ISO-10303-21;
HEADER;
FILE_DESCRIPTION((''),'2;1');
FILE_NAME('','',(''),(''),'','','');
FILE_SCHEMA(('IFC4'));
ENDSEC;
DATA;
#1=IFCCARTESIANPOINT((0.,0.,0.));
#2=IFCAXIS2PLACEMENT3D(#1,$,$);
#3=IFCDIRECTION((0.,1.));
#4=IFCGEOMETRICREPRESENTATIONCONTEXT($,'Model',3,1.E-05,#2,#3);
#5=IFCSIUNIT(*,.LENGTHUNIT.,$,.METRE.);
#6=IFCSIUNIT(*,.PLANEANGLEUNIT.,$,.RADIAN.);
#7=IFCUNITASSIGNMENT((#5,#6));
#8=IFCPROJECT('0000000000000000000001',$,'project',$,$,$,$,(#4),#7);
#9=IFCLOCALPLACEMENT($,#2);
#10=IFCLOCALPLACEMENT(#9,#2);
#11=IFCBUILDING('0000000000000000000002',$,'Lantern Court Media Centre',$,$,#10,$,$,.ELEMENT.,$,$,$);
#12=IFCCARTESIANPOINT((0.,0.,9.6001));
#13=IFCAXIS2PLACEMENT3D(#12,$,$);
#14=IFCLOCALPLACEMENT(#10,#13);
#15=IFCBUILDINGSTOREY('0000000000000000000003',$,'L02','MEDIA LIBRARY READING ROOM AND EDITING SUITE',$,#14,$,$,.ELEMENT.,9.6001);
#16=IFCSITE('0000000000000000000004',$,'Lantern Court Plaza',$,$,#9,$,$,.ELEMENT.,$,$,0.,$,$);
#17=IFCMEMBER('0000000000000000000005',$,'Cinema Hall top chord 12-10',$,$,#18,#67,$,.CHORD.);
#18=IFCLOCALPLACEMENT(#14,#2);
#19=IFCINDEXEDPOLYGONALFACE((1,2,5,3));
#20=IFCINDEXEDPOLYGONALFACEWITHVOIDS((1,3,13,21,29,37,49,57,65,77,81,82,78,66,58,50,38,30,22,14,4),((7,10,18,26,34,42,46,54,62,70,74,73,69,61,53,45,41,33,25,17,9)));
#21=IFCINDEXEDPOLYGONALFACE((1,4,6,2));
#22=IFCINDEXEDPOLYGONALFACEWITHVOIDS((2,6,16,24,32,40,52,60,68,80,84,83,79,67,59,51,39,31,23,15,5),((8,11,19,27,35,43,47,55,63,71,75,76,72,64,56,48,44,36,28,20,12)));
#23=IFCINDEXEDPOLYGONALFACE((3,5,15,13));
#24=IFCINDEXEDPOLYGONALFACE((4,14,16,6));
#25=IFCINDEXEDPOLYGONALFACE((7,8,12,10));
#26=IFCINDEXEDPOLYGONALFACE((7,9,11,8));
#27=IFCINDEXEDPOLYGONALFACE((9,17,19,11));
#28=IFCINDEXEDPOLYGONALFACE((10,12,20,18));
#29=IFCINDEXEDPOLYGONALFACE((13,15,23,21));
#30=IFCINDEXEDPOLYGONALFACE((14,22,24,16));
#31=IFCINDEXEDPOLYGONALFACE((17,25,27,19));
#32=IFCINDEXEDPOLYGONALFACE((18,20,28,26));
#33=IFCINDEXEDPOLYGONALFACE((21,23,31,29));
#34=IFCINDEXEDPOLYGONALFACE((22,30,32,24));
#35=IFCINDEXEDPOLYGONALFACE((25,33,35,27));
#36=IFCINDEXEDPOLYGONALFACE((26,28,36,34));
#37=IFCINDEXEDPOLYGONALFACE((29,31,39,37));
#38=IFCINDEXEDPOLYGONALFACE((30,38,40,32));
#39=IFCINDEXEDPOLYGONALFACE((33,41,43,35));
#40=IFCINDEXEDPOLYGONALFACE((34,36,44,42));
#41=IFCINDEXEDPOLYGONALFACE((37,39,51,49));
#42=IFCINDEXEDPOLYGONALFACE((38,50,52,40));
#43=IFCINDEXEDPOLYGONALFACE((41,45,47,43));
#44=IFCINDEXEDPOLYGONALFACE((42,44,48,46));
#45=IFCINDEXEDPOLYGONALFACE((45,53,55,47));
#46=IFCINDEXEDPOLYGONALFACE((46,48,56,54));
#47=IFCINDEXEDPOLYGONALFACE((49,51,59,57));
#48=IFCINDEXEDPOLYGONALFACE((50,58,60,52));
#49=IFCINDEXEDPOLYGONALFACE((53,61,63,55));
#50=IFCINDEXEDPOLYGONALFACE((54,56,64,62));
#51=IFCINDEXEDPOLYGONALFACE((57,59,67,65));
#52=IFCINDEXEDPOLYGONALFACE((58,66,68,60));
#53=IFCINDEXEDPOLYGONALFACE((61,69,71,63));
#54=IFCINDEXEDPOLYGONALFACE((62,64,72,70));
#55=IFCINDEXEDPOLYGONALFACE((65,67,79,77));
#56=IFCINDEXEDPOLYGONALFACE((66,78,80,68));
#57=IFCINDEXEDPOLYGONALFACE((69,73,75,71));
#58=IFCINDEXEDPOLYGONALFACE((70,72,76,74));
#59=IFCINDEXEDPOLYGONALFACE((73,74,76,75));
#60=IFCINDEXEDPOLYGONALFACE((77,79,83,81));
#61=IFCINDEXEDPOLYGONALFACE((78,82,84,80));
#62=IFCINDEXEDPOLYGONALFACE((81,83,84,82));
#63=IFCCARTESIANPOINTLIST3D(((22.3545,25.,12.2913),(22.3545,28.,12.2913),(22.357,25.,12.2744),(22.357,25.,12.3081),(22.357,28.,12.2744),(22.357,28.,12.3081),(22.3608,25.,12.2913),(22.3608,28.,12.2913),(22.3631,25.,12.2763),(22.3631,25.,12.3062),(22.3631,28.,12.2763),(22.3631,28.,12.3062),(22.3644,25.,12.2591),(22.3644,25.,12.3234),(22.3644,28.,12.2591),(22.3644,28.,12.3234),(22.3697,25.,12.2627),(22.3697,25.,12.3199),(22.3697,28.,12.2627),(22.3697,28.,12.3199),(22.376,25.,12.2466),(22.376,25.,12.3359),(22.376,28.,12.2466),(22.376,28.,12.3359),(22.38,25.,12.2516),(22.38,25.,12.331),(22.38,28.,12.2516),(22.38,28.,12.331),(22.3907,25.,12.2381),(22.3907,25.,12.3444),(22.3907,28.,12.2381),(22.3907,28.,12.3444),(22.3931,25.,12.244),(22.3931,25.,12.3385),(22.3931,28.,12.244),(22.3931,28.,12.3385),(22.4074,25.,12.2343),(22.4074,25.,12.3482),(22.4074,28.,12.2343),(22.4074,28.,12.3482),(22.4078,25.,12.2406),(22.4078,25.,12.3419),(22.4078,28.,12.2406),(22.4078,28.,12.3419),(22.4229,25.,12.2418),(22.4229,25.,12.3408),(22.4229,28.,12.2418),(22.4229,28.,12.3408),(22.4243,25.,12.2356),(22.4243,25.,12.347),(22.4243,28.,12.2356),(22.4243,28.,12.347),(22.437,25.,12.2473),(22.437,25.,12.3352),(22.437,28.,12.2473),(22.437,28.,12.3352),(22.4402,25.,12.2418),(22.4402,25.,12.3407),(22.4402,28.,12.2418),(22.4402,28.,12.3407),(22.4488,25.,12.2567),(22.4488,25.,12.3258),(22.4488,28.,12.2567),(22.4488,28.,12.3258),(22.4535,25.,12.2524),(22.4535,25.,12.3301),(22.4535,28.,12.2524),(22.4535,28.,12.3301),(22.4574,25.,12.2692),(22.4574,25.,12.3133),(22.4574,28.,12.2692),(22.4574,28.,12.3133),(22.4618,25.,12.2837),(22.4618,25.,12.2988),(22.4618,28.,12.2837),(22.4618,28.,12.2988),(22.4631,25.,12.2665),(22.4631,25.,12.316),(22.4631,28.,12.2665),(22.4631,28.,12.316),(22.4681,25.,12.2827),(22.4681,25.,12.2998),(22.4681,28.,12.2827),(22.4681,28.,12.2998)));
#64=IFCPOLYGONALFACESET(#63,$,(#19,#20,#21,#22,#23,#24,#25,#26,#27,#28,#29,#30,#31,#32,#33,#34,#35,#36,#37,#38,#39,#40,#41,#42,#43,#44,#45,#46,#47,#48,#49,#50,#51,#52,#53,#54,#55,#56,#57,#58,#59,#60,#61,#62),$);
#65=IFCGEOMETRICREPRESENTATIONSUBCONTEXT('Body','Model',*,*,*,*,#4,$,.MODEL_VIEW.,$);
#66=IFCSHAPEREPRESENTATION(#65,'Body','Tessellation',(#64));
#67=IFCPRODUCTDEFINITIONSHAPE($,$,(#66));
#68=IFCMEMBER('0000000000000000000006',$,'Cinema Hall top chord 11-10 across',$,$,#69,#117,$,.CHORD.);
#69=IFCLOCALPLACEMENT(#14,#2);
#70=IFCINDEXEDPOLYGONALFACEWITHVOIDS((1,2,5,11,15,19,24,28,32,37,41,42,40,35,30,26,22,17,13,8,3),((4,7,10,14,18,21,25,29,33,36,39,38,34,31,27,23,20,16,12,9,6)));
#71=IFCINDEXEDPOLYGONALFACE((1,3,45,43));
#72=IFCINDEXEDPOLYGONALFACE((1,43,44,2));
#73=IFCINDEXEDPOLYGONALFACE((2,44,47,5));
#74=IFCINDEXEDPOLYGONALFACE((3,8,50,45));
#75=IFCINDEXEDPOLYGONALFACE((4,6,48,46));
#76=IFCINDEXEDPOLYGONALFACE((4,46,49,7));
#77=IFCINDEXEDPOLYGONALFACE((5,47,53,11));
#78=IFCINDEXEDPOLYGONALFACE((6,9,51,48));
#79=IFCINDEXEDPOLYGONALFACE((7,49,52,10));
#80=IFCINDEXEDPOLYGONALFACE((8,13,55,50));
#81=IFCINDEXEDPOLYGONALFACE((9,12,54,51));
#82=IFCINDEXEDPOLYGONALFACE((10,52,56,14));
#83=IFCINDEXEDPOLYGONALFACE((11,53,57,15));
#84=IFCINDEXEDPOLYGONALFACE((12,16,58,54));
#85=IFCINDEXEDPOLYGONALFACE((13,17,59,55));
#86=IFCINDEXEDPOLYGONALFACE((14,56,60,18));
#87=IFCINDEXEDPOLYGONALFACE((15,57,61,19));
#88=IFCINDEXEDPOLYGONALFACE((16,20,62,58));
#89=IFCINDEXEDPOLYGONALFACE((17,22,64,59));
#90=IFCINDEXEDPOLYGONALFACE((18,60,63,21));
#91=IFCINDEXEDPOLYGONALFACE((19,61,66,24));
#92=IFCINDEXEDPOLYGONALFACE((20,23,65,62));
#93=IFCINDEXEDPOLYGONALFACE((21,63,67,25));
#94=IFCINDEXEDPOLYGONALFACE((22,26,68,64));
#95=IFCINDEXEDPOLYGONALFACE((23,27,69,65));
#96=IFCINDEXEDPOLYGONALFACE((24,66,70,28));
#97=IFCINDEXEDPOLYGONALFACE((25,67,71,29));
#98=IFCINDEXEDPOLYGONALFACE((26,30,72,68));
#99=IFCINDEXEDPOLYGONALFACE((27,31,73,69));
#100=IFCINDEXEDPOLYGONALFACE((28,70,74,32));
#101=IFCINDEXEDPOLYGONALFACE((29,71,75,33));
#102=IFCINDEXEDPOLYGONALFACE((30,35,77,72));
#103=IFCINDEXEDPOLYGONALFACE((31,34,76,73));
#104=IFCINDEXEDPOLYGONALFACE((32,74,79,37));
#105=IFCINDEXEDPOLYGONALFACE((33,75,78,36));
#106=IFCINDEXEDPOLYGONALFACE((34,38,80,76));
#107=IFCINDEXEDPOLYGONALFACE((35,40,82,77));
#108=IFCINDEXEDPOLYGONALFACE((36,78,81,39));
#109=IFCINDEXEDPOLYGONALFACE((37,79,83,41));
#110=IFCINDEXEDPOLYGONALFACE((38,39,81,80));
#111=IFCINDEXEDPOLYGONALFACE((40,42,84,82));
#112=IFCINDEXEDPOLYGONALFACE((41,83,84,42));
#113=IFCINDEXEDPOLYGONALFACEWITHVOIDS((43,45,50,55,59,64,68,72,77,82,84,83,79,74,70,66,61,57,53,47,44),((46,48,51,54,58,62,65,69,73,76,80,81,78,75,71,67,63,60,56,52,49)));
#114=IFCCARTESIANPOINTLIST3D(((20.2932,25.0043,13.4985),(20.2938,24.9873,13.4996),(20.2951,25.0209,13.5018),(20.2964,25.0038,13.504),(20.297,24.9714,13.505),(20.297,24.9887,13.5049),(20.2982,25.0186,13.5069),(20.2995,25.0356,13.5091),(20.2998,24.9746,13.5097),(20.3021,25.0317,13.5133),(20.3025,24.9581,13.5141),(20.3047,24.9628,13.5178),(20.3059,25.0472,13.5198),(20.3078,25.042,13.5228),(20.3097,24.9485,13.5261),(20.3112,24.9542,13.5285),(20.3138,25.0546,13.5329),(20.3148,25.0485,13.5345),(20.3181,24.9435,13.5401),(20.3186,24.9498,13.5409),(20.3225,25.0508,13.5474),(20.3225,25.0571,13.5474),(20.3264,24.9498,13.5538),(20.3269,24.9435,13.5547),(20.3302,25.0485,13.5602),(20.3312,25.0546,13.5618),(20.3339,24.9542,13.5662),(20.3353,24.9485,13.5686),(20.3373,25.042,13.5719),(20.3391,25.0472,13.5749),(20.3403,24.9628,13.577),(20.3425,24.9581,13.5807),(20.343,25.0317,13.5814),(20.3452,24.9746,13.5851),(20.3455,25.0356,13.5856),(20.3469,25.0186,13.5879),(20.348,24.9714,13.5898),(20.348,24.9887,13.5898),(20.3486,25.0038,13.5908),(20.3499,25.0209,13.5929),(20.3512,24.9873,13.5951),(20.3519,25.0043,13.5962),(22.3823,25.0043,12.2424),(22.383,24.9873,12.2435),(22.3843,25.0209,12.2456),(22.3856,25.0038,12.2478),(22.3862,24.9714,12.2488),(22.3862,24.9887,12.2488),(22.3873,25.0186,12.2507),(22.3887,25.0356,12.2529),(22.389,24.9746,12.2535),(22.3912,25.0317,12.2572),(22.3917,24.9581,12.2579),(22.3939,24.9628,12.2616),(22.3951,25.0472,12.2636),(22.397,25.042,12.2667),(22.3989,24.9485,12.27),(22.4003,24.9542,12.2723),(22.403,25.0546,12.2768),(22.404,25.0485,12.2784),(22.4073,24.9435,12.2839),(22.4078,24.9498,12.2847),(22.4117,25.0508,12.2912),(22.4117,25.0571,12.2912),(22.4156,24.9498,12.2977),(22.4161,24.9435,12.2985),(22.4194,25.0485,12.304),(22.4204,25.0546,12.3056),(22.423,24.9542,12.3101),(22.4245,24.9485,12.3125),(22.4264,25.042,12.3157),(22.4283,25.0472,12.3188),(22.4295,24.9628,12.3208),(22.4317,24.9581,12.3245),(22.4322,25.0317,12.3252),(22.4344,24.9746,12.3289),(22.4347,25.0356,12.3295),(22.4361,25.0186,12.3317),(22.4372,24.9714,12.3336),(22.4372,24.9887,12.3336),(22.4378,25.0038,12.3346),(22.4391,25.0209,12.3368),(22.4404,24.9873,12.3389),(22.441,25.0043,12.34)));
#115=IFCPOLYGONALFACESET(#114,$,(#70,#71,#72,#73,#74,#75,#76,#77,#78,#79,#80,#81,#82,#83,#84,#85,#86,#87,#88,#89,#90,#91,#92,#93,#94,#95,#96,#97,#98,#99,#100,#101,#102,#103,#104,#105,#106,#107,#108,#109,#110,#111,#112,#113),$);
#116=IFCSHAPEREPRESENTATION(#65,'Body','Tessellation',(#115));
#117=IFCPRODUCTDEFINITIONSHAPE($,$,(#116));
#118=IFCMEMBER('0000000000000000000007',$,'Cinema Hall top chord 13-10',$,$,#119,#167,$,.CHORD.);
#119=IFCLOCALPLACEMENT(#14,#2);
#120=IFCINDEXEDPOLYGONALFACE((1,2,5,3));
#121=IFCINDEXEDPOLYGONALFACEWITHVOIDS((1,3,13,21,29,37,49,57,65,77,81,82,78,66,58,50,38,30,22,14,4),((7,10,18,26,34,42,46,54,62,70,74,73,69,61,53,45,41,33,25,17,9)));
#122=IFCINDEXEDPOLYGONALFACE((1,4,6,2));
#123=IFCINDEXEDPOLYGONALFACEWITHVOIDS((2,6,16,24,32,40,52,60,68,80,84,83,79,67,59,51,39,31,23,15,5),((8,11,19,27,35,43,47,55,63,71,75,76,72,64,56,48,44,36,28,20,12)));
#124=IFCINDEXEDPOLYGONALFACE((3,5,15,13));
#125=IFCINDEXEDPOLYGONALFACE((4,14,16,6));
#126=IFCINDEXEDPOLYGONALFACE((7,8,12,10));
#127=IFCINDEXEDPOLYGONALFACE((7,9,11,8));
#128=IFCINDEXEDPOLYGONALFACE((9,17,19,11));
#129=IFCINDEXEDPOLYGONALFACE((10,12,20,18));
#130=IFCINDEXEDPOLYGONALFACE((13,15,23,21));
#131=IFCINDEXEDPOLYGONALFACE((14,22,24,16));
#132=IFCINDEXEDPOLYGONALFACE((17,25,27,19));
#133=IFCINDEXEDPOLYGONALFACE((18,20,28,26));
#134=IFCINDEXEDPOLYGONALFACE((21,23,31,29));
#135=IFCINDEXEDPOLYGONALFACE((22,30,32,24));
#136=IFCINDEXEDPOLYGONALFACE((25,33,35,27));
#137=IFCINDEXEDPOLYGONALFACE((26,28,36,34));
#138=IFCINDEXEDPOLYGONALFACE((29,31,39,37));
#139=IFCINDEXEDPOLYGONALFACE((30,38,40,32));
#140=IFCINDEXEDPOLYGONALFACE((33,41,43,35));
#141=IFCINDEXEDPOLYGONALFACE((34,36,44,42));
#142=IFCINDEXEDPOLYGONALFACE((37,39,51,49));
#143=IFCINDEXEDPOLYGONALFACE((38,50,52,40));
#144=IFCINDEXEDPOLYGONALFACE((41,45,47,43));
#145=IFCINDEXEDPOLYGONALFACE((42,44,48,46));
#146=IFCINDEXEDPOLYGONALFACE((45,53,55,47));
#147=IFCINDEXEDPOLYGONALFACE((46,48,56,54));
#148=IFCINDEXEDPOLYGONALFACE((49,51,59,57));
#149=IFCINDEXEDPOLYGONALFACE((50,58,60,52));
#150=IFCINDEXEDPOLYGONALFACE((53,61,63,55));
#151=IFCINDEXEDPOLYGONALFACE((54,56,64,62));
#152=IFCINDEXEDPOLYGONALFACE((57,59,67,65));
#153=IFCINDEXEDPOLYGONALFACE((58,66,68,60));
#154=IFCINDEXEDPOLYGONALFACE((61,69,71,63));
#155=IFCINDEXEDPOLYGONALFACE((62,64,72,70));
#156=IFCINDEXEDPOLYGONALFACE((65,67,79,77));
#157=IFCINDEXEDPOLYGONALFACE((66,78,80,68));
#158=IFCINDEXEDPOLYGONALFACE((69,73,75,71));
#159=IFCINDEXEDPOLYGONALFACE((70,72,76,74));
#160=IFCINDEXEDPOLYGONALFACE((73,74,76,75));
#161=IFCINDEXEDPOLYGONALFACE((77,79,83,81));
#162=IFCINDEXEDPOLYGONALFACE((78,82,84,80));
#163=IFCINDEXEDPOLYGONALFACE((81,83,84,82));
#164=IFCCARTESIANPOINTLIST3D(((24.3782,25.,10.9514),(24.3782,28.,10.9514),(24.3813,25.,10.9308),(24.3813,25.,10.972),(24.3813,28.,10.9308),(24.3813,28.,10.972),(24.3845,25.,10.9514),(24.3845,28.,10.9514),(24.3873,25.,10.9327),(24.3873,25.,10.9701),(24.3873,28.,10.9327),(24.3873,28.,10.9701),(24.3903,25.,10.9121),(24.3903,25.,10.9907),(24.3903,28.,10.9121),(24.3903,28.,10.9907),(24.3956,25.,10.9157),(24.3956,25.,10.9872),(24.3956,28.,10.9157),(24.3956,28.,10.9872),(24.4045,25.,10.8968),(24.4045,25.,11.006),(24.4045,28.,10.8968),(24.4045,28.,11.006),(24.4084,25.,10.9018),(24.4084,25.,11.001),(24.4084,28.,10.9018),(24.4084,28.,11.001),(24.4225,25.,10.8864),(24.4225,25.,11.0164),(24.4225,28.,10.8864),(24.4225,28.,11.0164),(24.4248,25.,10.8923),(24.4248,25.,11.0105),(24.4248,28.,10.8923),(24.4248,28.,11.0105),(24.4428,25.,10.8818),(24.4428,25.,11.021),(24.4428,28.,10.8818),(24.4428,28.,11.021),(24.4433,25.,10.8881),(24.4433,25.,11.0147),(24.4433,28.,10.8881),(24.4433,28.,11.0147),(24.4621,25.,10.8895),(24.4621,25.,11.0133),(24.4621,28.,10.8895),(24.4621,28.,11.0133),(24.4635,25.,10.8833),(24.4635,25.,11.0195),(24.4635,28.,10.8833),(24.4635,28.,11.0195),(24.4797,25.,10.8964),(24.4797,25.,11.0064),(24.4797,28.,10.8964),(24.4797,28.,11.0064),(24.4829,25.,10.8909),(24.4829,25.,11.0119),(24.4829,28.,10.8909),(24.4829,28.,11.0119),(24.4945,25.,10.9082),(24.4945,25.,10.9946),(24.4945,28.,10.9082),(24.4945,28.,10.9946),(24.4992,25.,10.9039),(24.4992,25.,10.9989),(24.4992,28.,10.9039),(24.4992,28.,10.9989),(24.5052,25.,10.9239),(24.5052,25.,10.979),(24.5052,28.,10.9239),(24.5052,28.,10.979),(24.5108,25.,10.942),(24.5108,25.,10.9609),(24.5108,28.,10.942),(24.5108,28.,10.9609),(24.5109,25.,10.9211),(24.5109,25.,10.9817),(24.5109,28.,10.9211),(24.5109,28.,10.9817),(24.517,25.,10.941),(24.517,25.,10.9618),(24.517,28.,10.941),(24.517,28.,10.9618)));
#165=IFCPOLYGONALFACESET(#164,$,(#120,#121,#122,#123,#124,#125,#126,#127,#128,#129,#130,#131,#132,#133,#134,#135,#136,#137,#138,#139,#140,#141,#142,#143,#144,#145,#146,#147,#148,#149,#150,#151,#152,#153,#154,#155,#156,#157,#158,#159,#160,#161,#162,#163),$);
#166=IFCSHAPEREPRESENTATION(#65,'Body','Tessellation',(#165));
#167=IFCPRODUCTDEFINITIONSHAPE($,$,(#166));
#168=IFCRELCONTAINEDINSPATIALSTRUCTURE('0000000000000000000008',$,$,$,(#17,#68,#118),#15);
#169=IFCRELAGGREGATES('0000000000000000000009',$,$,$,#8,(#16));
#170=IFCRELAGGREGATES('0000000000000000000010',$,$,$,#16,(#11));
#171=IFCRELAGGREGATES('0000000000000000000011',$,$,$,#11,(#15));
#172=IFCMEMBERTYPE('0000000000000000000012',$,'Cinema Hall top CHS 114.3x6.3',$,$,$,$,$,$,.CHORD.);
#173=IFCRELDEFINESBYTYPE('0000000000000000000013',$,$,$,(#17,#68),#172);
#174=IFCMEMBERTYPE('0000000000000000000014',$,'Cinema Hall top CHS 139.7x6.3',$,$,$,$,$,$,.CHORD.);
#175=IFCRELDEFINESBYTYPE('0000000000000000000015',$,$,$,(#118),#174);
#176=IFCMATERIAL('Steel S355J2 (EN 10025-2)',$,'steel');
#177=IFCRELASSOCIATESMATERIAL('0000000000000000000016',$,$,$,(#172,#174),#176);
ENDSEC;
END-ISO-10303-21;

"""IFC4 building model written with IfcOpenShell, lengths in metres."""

from ifc_helpers import new_model, si_unit, direction, frame, origin, origin_2d, place, context, subcontext, project, spatial, hollow_circle, extrude, material, material_profile, profile_set, type_object, element, save


model = new_model("IFC4")

# Units and contexts
model_context = context("Model", 3, precision=1e-05, world=origin(), true_north=direction((0.0, 1.0)))
body_context = subcontext(model_context, "Body", "Model", "MODEL_VIEW")
ifc_project = project(units=[si_unit("LENGTHUNIT", "METRE"), si_unit("PLANEANGLEUNIT", "RADIAN")], contexts=[model_context])

# Site, building, storey
site_placement = place(None, origin())
site = spatial("IfcSite", under=ifc_project, at=site_placement, Name="Lantern Court Plaza", CompositionType="ELEMENT", RefElevation=0.0)
building_placement = place(site_placement, origin())
building = spatial("IfcBuilding", under=site, at=building_placement, Name="Lantern Court Media Centre", CompositionType="ELEMENT")
storey_placement = place(building_placement, frame((0.0, 0.0, 9.6001)))
storey = spatial("IfcBuildingStorey", under=building, at=storey_placement, Name="L02", Description="MEDIA LIBRARY READING ROOM AND EDITING SUITE", CompositionType="ELEMENT", Elevation=9.6001)

# Members
ifc_material = material(Name="Steel S355J2 (EN 10025-2)", Category="steel")
ifc_material_profile_1 = material_profile(ifc_material, hollow_circle(Radius=0.0571, WallThickness=0.0063, at=origin_2d()), Name="Cinema Hall top CHS 114.3x6.3")
ifc_profile_set_1 = profile_set([ifc_material_profile_1], Name="Steel S355J2 (EN 10025-2)")
member_type_1 = type_object("IfcMemberType", Name="Cinema Hall top CHS 114.3x6.3", PredefinedType="CHORD", material=ifc_profile_set_1)
for number, where, z_axis, x_axis, name in (
    (1, (22.4116, 25.0, 12.2913), (0.0, 1.0, 0.0), (-1.0, 0.0, 0.0), "Cinema Hall top chord 12-10"),
):
    element("IfcMember", number, at=place(storey_placement, frame(where, z_axis=z_axis, x_axis=x_axis)), inside=storey, type_object=member_type_1, Name=name, PredefinedType="CHORD", context=body_context, shape_type="SweptSolid", body=[
        extrude(hollow_circle(Radius=0.0571, WallThickness=0.0063, at=origin_2d()), origin(), (0.0, 0.0, 1.0), 3.0),
    ])
member_1_placement = place(storey_placement, frame((20.3225, 25.0, 13.5474), z_axis=(0.857015, 0.0, -0.515291), x_axis=(0.0, 1.0, 0.0)))
element("IfcMember", 2, at=member_1_placement, inside=storey, type_object=member_type_1, Name="Cinema Hall top chord 11-10 across", PredefinedType="CHORD", context=body_context, shape_type="SweptSolid", body=[
    extrude(hollow_circle(Radius=0.0571, WallThickness=0.0063, at=origin_2d()), origin(), (0.0, 0.0, 1.0), 2.4377),
])
ifc_material_profile_2 = material_profile(ifc_material, hollow_circle(Radius=0.0698, WallThickness=0.0063, at=origin_2d()), Name="Cinema Hall top CHS 139.7x6.3")
ifc_profile_set_2 = profile_set([ifc_material_profile_2], Name="Steel S355J2 (EN 10025-2)")
member_type_2 = type_object("IfcMemberType", Name="Cinema Hall top CHS 139.7x6.3", PredefinedType="CHORD", material=ifc_profile_set_2)
member_2_placement = place(storey_placement, frame((24.448, 25.0, 10.9514), z_axis=(0.0, 1.0, 0.0), x_axis=(-1.0, 0.0, 0.0)))
element("IfcMember", 3, at=member_2_placement, inside=storey, type_object=member_type_2, Name="Cinema Hall top chord 13-10", PredefinedType="CHORD", context=body_context, shape_type="SweptSolid", body=[
    extrude(hollow_circle(Radius=0.0698, WallThickness=0.0063, at=origin_2d()), origin(), (0.0, 0.0, 1.0), 3.0),
])

save(model, "model.ifc")
